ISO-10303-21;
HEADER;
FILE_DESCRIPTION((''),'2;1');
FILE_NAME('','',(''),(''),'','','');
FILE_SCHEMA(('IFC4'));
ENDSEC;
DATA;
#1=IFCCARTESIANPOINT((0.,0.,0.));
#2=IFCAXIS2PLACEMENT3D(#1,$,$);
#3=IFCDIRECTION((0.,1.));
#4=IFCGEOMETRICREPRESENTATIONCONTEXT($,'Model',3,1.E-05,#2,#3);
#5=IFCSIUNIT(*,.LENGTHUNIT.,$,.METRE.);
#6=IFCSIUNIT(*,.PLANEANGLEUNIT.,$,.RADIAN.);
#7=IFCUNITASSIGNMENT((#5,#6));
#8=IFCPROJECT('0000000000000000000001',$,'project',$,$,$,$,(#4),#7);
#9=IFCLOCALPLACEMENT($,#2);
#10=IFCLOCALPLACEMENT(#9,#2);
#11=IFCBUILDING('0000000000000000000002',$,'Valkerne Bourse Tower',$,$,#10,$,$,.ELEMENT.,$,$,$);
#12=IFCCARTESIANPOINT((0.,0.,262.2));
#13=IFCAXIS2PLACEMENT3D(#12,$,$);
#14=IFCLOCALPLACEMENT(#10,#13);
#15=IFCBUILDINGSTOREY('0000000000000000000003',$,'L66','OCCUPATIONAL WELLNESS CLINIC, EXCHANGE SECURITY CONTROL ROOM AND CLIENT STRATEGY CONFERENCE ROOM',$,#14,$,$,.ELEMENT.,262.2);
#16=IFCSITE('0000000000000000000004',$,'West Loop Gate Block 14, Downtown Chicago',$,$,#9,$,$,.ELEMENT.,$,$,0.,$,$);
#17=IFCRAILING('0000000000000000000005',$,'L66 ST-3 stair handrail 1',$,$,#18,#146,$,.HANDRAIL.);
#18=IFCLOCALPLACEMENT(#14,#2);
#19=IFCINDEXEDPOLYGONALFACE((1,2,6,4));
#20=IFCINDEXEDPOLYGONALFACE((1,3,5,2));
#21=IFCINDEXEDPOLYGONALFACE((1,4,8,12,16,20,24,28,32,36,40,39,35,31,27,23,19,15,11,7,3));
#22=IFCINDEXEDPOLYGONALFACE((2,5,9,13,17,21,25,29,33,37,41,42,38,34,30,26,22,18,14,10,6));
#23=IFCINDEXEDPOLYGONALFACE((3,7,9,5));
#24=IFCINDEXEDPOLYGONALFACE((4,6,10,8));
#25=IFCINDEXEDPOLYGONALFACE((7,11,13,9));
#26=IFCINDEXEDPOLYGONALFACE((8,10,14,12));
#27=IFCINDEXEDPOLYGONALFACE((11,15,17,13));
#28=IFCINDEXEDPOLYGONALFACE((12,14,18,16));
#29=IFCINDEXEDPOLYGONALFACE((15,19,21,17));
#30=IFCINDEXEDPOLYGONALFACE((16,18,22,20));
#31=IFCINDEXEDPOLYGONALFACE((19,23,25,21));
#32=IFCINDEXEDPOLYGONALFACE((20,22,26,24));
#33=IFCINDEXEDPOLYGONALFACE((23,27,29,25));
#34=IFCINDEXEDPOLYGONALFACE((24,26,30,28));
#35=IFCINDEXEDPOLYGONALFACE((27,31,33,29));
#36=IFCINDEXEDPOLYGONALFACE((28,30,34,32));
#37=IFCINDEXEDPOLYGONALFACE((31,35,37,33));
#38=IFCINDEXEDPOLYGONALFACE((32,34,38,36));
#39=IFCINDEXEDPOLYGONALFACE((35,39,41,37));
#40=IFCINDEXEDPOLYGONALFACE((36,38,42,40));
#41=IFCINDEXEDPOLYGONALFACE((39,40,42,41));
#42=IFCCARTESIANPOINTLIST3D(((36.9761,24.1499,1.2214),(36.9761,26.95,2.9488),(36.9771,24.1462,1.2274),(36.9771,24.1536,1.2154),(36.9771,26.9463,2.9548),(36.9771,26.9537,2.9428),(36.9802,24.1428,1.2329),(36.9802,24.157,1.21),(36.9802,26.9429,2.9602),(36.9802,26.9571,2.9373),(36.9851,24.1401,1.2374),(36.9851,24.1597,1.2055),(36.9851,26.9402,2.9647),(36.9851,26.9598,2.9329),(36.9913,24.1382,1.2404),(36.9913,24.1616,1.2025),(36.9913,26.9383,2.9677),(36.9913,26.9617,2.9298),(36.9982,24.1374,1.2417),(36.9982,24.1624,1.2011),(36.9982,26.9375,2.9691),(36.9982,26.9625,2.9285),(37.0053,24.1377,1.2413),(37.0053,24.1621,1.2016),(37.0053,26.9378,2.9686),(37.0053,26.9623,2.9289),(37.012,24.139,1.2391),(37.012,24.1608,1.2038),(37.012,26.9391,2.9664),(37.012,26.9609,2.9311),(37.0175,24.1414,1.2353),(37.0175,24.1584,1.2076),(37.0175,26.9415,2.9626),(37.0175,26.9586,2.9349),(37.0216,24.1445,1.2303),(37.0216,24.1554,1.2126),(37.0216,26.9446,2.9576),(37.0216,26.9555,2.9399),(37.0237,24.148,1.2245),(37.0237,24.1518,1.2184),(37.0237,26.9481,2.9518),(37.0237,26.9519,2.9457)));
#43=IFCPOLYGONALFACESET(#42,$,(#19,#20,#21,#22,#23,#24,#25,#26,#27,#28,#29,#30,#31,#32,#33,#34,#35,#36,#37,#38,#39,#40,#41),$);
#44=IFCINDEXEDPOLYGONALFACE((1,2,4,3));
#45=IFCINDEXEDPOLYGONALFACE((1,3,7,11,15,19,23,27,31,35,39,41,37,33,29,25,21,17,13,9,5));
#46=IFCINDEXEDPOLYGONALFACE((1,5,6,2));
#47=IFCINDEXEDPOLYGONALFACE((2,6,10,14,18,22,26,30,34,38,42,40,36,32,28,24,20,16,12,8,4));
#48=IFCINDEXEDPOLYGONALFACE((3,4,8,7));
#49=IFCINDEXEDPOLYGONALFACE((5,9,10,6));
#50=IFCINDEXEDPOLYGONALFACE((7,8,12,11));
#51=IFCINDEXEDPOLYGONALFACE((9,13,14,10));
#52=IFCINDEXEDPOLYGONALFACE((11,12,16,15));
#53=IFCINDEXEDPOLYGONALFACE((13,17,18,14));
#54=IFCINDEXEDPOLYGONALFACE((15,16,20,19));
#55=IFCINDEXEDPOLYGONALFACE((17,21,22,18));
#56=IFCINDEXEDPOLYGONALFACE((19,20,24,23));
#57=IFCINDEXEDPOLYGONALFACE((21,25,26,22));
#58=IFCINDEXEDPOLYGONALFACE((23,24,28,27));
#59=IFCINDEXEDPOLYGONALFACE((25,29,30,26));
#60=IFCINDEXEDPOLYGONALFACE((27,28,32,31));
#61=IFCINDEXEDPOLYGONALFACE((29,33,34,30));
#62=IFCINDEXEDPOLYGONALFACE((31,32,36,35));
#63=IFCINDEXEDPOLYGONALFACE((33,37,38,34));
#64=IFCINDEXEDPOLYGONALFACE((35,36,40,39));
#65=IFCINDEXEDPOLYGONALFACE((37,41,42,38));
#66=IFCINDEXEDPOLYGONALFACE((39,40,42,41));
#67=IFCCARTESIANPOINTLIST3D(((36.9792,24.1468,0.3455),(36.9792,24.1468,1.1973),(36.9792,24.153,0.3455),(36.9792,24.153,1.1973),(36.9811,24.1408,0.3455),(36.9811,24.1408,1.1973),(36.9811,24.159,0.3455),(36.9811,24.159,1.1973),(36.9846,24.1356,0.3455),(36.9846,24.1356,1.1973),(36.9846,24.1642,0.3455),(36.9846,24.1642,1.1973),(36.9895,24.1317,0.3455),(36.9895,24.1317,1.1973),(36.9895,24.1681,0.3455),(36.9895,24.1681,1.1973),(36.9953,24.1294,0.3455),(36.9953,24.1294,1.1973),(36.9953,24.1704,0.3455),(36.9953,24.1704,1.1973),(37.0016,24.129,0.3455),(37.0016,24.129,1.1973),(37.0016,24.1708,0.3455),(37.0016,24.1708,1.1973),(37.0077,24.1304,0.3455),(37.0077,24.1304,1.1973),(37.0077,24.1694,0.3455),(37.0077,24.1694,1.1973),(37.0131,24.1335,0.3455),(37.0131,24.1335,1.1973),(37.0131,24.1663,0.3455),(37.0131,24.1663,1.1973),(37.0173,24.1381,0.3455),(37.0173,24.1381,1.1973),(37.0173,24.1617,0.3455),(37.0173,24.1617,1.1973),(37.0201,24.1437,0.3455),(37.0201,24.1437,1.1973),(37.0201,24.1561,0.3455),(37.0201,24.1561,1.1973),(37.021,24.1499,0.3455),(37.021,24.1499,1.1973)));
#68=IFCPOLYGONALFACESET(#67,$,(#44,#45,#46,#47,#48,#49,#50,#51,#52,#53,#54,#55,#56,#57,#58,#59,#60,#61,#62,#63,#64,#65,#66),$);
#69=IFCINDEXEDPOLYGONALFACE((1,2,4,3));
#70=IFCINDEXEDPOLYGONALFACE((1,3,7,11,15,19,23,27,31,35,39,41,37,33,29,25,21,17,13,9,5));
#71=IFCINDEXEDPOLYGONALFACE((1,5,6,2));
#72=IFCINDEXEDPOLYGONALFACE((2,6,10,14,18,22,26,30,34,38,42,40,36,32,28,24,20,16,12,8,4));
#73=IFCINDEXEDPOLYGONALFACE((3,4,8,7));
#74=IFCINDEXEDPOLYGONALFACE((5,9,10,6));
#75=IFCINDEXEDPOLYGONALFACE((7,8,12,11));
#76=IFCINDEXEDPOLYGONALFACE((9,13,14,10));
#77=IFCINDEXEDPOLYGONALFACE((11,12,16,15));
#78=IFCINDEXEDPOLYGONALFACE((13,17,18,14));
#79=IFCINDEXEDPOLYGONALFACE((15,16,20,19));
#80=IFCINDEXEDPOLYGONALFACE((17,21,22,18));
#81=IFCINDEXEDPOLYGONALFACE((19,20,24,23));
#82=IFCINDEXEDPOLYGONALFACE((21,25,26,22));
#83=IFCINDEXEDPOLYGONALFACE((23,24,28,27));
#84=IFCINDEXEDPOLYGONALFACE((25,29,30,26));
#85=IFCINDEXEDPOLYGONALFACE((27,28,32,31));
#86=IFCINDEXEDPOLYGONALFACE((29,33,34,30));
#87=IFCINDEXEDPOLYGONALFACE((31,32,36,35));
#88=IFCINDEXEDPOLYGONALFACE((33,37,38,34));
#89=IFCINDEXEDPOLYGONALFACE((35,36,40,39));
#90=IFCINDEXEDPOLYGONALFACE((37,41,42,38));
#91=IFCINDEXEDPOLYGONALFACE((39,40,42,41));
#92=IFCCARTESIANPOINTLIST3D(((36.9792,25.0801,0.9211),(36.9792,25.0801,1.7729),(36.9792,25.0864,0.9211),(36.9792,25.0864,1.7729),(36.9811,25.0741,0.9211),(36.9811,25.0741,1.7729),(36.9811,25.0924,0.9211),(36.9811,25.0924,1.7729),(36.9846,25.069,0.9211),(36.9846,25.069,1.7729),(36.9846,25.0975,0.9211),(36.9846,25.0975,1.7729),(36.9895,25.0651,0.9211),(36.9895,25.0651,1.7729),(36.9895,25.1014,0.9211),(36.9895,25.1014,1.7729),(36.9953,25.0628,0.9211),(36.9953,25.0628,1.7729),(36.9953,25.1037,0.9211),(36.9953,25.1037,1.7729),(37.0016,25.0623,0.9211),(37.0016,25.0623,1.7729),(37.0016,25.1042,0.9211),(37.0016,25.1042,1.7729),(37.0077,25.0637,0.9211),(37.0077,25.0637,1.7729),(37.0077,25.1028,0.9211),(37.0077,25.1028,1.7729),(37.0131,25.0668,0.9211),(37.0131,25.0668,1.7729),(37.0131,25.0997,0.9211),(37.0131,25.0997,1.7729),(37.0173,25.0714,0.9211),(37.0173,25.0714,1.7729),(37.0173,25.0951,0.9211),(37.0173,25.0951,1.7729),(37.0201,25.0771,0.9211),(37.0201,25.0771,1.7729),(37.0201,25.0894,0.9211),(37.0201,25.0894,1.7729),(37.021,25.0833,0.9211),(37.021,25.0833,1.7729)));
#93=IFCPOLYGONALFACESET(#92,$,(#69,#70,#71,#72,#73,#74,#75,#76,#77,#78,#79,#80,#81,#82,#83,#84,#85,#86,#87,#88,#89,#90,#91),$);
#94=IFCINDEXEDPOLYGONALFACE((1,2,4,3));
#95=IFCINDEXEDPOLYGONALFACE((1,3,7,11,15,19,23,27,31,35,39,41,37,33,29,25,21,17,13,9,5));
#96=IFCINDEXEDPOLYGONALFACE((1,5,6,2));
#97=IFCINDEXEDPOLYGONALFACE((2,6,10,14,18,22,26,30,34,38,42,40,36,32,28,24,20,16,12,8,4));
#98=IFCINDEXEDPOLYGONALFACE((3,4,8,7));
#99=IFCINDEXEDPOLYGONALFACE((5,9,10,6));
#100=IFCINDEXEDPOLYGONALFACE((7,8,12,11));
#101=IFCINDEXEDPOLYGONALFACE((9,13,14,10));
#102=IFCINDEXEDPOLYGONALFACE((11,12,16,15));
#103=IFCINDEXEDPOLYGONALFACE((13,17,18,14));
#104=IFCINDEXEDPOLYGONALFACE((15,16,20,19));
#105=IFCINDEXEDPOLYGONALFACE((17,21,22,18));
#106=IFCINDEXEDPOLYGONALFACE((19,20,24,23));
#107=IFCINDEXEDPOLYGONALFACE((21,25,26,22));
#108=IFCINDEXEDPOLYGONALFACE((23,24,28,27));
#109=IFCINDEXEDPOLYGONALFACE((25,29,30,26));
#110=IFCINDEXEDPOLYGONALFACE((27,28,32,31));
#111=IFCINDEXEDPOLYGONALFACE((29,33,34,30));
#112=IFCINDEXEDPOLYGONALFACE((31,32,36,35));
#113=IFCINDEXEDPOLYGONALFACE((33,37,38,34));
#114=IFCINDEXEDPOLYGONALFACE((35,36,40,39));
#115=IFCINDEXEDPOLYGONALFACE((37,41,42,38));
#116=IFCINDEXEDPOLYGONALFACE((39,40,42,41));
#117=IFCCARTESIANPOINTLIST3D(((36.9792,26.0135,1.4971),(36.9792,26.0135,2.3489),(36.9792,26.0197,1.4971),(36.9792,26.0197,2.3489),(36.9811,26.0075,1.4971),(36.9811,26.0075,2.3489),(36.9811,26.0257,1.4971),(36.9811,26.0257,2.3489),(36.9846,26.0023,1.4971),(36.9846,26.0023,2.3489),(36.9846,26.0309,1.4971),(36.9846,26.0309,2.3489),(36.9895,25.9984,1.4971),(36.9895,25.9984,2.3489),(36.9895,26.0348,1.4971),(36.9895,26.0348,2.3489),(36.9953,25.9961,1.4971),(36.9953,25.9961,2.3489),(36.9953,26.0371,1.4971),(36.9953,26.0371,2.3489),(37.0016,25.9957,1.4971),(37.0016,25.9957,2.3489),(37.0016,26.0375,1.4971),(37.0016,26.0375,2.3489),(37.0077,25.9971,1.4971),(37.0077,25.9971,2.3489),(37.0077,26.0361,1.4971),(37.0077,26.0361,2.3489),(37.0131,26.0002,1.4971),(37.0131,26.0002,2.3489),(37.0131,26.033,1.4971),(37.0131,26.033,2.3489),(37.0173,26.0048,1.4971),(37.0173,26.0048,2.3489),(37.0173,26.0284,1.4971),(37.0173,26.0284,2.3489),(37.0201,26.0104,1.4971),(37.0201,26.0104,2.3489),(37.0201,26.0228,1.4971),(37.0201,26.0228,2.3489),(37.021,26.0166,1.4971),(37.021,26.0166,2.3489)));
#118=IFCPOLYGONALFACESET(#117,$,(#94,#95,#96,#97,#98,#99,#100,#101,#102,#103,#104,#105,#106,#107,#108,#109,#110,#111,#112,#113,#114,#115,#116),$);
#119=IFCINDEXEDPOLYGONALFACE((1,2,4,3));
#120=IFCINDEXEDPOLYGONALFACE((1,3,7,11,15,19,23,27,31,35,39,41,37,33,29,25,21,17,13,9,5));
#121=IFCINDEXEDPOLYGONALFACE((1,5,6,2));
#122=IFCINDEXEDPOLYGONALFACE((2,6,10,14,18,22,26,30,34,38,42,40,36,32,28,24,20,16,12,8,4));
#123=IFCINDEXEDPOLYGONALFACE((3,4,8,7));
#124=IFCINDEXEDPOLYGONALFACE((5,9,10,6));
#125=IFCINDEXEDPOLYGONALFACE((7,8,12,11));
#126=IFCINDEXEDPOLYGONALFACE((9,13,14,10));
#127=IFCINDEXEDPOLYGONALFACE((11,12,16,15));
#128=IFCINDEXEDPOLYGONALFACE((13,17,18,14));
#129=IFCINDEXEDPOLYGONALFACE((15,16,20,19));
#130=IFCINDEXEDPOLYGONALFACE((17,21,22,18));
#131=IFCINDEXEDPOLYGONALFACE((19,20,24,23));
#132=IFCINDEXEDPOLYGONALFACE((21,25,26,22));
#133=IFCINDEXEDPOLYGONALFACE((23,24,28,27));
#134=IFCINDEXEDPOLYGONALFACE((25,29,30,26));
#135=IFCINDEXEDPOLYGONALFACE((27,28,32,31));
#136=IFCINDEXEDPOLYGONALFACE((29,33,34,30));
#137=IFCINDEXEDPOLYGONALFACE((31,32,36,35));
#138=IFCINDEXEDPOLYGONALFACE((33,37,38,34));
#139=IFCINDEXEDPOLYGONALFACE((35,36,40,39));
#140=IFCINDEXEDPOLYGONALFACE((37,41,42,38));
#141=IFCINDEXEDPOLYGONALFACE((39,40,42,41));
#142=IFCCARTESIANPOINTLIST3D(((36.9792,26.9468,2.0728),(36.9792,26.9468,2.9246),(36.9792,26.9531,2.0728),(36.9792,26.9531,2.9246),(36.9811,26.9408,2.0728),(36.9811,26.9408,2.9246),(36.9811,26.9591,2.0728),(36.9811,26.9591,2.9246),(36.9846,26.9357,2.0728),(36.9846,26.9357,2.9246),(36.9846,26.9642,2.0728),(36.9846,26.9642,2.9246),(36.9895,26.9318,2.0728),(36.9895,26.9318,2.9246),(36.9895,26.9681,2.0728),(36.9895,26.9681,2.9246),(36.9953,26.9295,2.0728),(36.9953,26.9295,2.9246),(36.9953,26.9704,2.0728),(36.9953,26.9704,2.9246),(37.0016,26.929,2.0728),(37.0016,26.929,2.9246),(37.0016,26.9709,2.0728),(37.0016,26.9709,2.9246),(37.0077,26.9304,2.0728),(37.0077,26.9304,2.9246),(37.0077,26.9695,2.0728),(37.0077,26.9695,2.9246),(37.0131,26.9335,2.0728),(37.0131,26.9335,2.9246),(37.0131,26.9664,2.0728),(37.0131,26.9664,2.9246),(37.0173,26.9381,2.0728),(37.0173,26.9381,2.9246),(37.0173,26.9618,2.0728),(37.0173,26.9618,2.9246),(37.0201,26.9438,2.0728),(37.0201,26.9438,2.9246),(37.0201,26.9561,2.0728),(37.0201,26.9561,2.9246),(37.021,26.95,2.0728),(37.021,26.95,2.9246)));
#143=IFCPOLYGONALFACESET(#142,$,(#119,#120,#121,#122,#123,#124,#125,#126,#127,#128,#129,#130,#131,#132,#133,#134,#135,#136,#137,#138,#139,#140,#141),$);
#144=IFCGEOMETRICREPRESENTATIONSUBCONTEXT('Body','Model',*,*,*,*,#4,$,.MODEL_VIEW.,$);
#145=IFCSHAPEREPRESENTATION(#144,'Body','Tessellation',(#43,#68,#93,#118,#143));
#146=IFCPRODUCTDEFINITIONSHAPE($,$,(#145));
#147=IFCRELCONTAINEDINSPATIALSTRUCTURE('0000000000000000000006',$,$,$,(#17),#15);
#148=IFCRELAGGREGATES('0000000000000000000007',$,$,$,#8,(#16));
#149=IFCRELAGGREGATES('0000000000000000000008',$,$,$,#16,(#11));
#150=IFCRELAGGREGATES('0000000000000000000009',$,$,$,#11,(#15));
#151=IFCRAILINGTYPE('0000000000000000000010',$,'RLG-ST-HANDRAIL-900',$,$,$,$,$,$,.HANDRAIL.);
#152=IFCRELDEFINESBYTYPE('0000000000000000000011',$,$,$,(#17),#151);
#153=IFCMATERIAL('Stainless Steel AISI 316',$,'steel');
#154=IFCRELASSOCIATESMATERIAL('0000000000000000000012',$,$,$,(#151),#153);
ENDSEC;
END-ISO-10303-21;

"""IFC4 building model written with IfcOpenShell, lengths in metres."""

from ifc_helpers import new_model, si_unit, direction, frame, origin, origin_2d, place, context, subcontext, project, spatial, circle, extrude, material, type_object, element, save


model = new_model("IFC4")

# Units and contexts
model_context = context("Model", 3, precision=1e-05, world=origin(), true_north=direction((0.0, 1.0)))
body_context = subcontext(model_context, "Body", "Model", "MODEL_VIEW")
ifc_project = project(units=[si_unit("LENGTHUNIT", "METRE"), si_unit("PLANEANGLEUNIT", "RADIAN")], contexts=[model_context])

# Site, building, storey
site_placement = place(None, origin())
site = spatial("IfcSite", under=ifc_project, at=site_placement, Name="West Loop Gate Block 14, Downtown Chicago", CompositionType="ELEMENT", RefElevation=0.0)
building_placement = place(site_placement, origin())
building = spatial("IfcBuilding", under=site, at=building_placement, Name="Valkerne Bourse Tower", CompositionType="ELEMENT")
storey_placement = place(building_placement, frame((0.0, 0.0, 262.2)))
storey = spatial("IfcBuildingStorey", under=building, at=storey_placement, Name="L66", Description="OCCUPATIONAL WELLNESS CLINIC, EXCHANGE SECURITY CONTROL ROOM AND CLIENT STRATEGY CONFERENCE ROOM", CompositionType="ELEMENT", Elevation=262.2)

# Shared definitions
ifc_material_1 = material(Name="Stainless Steel AISI 316", Category="steel")

# Railing
railing_type_1 = type_object("IfcRailingType", Name="RLG-ST-HANDRAIL-900", PredefinedType="HANDRAIL", material=ifc_material_1)
railing_1_placement = place(storey_placement, frame((37.0, 24.1499, 0.3455)))
element("IfcRailing", 1, at=railing_1_placement, inside=storey, type_object=railing_type_1, Name="L66 ST-3 stair handrail 1", PredefinedType="HANDRAIL", context=body_context, shape_type="SweptSolid", body=[
    extrude(circle(Radius=0.0239, at=origin_2d()), frame((0.0, 0.0, 0.876), z_axis=(0.0, 0.85109, 0.52502), x_axis=(-1.0, 0.0, 0.0)), (0.0, 0.0, 1.0), 3.29),
    extrude(circle(Radius=0.021, at=origin_2d()), origin(), (0.0, 0.0, 1.0), 0.8518),
    extrude(circle(Radius=0.021, at=origin_2d()), frame((0.0, 0.9333, 0.5757)), (0.0, 0.0, 1.0), 0.8518),
    extrude(circle(Radius=0.021, at=origin_2d()), frame((0.0, 1.8667, 1.1516)), (0.0, 0.0, 1.0), 0.8518),
    extrude(circle(Radius=0.021, at=origin_2d()), frame((0.0, 2.8, 1.7273)), (0.0, 0.0, 1.0), 0.8518),
])

save(model, "model.ifc")
